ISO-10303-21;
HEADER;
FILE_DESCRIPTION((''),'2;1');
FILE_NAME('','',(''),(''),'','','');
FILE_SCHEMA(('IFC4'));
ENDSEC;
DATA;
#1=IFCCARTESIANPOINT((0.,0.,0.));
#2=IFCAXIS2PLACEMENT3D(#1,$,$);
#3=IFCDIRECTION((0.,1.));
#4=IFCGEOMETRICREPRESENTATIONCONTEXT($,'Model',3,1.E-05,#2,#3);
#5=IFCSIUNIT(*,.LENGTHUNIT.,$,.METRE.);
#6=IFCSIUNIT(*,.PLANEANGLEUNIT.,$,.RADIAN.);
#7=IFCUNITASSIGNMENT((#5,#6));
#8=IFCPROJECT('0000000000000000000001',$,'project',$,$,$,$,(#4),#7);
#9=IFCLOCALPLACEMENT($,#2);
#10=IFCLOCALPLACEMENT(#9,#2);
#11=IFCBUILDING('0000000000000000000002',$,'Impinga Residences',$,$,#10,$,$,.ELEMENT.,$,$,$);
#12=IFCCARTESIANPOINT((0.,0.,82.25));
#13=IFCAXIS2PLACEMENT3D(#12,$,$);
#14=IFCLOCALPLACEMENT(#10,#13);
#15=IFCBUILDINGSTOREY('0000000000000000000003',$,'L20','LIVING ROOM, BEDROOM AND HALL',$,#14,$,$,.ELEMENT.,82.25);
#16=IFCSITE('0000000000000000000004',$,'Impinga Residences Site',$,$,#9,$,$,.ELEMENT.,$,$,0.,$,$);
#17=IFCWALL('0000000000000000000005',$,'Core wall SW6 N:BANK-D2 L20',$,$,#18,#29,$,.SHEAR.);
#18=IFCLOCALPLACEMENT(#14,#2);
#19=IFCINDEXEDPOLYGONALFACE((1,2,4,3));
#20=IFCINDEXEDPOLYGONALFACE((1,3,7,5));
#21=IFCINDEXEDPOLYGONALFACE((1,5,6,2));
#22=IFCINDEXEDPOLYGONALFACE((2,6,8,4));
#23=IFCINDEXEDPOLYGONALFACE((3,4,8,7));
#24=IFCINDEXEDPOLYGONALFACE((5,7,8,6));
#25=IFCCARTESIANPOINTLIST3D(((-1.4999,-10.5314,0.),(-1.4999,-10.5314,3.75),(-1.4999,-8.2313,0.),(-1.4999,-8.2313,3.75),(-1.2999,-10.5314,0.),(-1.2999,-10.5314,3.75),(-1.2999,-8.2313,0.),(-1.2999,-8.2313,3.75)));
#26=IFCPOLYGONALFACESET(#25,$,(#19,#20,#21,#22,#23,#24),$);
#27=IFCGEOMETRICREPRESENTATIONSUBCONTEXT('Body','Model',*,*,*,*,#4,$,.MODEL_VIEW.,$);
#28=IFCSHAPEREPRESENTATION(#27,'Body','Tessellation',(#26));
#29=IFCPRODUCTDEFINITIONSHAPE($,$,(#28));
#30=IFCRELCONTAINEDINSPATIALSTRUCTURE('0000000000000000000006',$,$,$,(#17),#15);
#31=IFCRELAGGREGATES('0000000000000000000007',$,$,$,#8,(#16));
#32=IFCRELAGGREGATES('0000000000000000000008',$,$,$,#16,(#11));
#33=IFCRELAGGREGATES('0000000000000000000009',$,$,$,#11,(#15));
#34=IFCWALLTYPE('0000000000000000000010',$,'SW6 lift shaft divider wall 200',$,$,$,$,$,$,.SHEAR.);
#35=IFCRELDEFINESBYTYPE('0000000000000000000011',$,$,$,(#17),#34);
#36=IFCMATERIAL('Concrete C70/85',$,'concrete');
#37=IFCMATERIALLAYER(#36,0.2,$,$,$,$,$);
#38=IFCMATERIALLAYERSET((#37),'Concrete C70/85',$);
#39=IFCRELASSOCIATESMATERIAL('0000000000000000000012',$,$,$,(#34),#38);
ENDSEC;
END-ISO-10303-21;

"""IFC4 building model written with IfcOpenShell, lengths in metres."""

from ifc_helpers import new_model, si_unit, direction, frame, frame_2d, origin, place, context, subcontext, project, spatial, rectangle, extrude, material, layer, layer_set, type_object, element, save


model = new_model("IFC4")

# Units and contexts
model_context = context("Model", 3, precision=1e-05, world=origin(), true_north=direction((0.0, 1.0)))
body_context = subcontext(model_context, "Body", "Model", "MODEL_VIEW")
ifc_project = project(units=[si_unit("LENGTHUNIT", "METRE"), si_unit("PLANEANGLEUNIT", "RADIAN")], contexts=[model_context])

# Site, building, storey
site_placement = place(None, origin())
site = spatial("IfcSite", under=ifc_project, at=site_placement, Name="Impinga Residences Site", CompositionType="ELEMENT", RefElevation=0.0)
building_placement = place(site_placement, origin())
building = spatial("IfcBuilding", under=site, at=building_placement, Name="Impinga Residences", CompositionType="ELEMENT")
storey_placement = place(building_placement, frame((0.0, 0.0, 82.25)))
storey = spatial("IfcBuildingStorey", under=building, at=storey_placement, Name="L20", Description="LIVING ROOM, BEDROOM AND HALL", CompositionType="ELEMENT", Elevation=82.25)

# Shared definitions
ifc_material_1 = material(Name="Concrete C70/85", Category="concrete")

# Wall
ifc_layer_1 = layer(ifc_material_1, 0.2)
ifc_layer_set_1 = layer_set([ifc_layer_1], Name="Concrete C70/85")
wall_type_1 = type_object("IfcWallType", Name="SW6 lift shaft divider wall 200", PredefinedType="SHEAR", material=ifc_layer_set_1)
wall_1_placement = place(storey_placement, frame((-1.3999, -8.2314, 0.0), z_axis=(0.0, 0.0, 1.0), x_axis=(0.0, -1.0, 0.0)))
element("IfcWall", 1, at=wall_1_placement, inside=storey, type_object=wall_type_1, Name="Core wall SW6 N:BANK-D2 L20", PredefinedType="SHEAR", context=body_context, shape_type="SweptSolid", body=[
    extrude(rectangle(XDim=2.3, YDim=0.2, at=frame_2d((1.1499, 0.0))), origin(), (0.0, 0.0, 1.0), 3.75),
])

save(model, "model.ifc")
